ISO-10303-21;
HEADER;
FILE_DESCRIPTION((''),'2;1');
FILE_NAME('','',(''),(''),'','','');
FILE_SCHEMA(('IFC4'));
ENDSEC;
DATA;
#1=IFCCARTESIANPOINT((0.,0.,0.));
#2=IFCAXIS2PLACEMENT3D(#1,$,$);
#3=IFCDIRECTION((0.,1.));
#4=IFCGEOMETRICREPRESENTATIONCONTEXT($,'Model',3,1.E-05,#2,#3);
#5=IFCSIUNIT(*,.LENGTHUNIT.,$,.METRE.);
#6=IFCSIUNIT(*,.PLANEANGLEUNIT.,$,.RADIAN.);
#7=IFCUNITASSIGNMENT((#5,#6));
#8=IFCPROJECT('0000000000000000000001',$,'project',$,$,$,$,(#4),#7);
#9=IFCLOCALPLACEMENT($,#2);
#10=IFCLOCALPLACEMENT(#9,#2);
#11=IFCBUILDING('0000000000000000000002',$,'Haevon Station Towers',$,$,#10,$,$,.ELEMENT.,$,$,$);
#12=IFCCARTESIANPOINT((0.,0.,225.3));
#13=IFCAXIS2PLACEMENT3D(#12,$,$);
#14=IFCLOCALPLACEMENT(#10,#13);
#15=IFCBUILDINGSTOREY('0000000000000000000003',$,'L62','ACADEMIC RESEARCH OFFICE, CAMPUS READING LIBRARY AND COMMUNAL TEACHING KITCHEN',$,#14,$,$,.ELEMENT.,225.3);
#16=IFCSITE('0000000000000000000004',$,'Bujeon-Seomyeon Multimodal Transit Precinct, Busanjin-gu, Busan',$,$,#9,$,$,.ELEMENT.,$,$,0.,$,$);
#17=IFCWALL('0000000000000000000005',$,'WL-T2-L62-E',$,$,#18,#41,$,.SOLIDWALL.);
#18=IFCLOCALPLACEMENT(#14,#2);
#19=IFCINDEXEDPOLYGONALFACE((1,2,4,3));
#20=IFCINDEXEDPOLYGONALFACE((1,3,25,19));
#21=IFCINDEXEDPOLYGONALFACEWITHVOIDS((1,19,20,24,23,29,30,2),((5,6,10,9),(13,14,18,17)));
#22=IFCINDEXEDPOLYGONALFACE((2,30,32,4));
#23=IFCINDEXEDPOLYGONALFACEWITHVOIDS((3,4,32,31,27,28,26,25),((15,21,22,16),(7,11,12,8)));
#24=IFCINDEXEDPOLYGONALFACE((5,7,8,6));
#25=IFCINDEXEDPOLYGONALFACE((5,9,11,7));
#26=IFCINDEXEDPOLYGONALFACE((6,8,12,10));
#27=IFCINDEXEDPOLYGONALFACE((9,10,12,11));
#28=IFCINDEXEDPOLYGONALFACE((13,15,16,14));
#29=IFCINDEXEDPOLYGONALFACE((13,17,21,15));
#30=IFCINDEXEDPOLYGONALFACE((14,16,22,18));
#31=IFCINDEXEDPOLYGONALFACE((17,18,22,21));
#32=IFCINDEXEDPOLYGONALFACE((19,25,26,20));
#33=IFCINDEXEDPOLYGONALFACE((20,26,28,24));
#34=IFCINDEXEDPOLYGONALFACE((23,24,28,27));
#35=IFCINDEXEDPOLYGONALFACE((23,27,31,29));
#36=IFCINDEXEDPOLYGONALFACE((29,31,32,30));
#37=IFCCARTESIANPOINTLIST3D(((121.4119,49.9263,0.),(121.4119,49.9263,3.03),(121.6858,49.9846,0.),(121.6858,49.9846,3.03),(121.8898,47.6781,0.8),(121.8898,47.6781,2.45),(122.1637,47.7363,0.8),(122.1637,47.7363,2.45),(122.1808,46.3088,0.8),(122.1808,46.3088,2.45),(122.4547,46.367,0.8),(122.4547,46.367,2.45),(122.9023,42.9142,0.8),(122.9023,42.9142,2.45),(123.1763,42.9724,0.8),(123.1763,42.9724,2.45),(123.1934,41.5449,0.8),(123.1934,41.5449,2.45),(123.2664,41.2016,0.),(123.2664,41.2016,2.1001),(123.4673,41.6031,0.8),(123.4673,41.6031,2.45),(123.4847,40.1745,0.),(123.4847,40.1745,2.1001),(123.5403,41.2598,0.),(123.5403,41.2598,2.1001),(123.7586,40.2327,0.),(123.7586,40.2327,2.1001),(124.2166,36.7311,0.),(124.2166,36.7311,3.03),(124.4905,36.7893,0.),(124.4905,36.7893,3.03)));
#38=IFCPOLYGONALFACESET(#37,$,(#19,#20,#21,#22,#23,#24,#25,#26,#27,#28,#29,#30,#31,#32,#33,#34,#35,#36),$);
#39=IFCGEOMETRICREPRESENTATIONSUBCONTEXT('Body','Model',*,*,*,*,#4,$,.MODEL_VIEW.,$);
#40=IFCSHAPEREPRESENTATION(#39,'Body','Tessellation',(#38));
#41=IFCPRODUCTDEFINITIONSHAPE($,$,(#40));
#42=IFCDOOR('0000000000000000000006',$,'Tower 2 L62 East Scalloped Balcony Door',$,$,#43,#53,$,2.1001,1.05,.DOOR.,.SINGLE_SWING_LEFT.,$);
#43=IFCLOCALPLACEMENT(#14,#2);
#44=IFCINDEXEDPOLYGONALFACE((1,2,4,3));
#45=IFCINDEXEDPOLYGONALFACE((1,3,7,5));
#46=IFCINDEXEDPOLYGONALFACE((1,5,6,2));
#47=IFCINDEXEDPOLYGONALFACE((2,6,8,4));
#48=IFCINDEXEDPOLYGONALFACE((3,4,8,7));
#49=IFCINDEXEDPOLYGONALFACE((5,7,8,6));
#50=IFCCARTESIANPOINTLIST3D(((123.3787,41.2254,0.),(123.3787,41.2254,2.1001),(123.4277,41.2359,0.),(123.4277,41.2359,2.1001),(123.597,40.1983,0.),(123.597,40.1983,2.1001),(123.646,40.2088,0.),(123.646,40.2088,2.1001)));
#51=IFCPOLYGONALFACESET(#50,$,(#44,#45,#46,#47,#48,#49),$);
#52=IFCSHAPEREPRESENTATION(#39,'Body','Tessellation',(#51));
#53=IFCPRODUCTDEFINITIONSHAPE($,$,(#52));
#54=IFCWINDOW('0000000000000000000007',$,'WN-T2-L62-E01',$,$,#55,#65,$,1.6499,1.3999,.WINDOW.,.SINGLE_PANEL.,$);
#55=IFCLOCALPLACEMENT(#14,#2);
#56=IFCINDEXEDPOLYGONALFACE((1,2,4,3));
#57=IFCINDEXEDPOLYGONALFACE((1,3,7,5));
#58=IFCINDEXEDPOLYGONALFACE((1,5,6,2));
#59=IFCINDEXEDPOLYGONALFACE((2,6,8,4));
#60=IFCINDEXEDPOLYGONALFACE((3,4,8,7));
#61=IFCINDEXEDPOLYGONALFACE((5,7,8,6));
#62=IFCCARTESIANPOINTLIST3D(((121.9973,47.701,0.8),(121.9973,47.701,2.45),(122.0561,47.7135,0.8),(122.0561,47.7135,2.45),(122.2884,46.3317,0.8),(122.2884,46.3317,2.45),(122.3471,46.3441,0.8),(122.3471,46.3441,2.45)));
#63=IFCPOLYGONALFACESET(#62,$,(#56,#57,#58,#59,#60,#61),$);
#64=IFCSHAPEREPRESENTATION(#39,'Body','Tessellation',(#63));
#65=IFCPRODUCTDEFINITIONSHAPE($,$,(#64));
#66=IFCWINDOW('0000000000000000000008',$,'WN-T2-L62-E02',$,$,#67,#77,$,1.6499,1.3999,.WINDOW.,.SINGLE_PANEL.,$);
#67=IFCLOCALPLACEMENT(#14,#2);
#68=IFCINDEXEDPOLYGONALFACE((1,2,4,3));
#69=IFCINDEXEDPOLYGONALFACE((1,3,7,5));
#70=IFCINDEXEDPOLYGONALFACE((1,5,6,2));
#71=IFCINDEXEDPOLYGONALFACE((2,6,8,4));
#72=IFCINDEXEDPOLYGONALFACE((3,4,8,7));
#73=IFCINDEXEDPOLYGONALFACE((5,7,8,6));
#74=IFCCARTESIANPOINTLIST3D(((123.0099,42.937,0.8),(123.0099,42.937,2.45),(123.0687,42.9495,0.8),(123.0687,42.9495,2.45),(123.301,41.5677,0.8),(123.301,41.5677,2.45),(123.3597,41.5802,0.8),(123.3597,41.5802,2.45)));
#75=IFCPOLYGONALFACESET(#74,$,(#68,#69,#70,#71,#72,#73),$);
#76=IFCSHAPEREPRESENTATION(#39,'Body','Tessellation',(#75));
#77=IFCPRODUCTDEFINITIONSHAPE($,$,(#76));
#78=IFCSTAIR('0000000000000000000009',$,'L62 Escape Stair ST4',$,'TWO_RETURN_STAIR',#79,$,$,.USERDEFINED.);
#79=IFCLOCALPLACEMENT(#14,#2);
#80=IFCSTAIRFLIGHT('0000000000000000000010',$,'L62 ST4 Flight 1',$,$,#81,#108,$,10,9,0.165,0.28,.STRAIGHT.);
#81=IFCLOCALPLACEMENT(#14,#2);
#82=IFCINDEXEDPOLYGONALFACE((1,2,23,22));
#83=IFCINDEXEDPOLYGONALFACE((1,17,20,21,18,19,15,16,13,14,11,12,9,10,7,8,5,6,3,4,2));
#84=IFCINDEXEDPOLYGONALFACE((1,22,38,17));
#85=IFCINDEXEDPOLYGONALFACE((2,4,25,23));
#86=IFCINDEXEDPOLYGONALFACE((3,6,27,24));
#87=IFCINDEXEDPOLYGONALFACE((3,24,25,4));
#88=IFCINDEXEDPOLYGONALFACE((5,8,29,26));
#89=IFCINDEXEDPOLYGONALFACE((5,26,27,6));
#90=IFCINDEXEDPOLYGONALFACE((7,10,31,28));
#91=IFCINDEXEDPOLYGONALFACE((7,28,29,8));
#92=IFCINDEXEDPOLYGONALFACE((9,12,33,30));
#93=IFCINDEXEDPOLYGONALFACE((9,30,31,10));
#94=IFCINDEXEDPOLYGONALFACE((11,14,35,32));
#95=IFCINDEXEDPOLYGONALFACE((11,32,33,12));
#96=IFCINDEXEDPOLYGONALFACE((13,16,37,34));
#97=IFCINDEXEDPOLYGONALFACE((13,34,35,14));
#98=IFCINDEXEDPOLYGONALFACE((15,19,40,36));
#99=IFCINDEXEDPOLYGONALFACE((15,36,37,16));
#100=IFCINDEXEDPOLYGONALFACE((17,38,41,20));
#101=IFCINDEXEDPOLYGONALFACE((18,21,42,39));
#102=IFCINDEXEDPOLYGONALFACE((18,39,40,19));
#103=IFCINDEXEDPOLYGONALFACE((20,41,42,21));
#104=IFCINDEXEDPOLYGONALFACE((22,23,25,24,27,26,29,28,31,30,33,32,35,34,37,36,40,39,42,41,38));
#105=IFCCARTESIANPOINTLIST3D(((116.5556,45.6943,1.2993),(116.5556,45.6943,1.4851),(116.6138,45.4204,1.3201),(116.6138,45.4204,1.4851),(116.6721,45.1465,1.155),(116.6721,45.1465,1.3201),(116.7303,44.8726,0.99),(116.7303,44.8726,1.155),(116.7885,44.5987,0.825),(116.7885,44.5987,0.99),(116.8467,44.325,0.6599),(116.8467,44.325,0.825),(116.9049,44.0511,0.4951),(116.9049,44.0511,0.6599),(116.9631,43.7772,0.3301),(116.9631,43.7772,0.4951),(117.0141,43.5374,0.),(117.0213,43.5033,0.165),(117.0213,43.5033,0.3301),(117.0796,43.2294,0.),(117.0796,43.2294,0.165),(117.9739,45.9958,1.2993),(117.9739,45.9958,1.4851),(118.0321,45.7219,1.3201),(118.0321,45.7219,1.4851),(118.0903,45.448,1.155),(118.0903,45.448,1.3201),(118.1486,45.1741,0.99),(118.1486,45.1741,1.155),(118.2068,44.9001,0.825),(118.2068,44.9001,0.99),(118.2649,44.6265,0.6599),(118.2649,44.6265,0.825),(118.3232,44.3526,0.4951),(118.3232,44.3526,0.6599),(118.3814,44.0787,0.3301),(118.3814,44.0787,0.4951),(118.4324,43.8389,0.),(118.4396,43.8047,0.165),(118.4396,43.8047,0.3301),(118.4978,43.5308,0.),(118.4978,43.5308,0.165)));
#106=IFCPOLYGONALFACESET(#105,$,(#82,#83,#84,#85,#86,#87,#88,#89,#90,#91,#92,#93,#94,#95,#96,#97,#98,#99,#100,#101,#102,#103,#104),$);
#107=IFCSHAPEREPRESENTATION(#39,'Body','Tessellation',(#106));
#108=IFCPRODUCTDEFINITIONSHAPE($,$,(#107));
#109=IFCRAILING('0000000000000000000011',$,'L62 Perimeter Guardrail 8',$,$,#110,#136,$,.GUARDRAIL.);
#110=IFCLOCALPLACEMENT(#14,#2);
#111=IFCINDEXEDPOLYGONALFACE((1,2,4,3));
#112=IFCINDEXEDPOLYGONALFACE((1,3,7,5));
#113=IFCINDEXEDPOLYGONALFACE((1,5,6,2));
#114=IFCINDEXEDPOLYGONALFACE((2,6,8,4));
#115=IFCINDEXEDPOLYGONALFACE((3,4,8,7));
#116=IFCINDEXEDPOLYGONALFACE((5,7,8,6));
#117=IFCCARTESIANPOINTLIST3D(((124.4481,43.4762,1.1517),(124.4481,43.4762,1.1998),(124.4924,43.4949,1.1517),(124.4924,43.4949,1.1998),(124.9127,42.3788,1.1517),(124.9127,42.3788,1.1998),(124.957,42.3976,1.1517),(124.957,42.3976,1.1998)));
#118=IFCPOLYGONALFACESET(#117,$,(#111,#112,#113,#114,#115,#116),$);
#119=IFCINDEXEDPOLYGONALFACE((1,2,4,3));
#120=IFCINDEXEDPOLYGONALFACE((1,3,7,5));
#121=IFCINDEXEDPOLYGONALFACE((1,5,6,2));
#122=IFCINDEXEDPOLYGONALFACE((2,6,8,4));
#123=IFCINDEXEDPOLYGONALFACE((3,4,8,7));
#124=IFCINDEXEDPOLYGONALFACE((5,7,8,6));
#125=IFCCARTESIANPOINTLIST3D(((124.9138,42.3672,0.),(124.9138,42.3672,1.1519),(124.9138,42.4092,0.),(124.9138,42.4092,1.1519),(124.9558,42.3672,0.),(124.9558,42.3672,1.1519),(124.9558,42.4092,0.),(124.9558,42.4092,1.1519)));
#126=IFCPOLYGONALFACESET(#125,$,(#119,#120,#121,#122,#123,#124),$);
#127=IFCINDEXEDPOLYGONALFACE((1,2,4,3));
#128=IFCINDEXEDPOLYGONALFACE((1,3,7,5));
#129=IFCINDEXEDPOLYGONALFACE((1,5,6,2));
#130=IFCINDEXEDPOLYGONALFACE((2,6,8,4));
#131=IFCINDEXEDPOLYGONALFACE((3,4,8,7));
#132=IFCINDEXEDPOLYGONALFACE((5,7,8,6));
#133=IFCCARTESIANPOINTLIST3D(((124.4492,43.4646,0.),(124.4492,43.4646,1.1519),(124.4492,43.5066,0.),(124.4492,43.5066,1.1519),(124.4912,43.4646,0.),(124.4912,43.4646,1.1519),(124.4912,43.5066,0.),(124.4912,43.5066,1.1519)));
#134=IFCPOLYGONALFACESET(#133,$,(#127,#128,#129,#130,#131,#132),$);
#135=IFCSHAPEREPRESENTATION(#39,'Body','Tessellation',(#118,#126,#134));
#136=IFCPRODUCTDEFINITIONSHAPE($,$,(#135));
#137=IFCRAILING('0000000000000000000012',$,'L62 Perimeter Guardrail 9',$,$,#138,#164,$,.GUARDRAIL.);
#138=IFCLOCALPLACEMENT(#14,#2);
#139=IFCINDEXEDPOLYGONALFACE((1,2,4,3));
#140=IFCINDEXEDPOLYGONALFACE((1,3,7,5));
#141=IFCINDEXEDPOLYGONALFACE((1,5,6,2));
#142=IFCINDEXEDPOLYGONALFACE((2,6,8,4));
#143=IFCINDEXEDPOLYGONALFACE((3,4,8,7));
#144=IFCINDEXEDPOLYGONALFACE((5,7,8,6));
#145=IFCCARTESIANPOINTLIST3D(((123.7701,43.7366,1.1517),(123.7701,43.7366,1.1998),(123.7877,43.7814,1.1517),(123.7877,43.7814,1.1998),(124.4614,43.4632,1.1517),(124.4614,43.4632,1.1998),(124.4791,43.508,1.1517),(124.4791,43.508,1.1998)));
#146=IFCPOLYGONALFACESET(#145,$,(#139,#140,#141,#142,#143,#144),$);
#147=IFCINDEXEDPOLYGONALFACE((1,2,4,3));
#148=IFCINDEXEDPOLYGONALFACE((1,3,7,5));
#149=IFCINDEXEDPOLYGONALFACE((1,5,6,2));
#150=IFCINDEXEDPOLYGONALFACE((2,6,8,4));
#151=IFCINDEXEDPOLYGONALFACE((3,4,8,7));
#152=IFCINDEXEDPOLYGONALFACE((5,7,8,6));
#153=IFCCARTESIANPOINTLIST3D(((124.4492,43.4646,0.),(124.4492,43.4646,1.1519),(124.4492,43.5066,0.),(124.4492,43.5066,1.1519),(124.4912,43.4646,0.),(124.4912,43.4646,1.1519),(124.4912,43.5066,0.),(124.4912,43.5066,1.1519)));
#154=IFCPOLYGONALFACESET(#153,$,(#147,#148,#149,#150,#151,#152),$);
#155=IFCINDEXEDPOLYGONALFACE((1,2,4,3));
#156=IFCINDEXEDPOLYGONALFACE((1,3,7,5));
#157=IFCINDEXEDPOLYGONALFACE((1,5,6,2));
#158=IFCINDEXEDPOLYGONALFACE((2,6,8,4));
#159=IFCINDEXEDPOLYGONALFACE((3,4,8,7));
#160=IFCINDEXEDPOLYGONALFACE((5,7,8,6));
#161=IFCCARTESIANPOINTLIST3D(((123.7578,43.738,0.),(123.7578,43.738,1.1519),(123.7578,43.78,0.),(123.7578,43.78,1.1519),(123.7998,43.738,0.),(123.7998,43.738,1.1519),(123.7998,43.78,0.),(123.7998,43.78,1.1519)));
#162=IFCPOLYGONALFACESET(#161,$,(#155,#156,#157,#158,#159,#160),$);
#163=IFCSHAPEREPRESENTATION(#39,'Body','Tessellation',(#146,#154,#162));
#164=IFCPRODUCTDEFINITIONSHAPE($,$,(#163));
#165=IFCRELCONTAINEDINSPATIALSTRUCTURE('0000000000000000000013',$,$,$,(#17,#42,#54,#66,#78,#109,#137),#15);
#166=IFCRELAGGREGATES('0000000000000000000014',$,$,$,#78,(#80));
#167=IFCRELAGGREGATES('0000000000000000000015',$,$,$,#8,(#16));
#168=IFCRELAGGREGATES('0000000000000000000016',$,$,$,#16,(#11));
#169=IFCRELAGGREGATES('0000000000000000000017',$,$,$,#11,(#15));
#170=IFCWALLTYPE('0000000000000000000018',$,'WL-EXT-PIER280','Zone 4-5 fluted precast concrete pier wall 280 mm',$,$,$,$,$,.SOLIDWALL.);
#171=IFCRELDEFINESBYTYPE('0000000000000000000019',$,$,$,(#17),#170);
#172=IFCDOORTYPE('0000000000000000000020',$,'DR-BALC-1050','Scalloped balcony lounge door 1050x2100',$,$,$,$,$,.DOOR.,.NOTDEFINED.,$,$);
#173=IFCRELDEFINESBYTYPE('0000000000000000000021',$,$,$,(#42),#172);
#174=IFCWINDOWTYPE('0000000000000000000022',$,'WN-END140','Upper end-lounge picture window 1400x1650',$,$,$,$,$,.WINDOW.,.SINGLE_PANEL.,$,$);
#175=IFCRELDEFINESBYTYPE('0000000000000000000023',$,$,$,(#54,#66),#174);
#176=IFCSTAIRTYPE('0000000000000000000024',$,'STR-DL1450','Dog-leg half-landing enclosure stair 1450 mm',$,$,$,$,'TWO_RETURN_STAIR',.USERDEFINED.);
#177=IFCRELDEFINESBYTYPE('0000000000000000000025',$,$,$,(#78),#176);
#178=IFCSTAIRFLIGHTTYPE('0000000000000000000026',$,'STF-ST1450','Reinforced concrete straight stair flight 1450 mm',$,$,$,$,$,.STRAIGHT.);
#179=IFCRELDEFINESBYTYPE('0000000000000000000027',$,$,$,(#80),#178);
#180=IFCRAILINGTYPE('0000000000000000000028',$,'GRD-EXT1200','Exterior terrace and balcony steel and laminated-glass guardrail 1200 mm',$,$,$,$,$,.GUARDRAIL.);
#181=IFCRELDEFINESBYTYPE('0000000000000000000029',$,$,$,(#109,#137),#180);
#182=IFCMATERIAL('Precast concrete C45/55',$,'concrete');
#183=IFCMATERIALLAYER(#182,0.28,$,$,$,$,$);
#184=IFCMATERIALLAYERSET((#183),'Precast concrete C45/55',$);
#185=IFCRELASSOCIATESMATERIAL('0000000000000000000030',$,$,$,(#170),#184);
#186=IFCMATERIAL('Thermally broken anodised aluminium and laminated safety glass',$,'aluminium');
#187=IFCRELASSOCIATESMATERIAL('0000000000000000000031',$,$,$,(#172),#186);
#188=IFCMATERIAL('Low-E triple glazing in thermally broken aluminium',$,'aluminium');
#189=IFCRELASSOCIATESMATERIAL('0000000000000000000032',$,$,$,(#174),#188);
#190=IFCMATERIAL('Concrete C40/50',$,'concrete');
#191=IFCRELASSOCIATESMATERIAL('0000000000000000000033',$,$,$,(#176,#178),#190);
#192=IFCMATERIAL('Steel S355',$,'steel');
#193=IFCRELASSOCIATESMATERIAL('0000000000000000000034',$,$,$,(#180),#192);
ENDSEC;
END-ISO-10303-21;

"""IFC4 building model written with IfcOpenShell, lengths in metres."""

from ifc_helpers import new_model, si_unit, direction, frame, frame_2d, origin, origin_2d, place, context, subcontext, project, spatial, polyline, rectangle, outline, extrude, material, layer, layer_set, type_object, element, fill, aggregate, save


model = new_model("IFC4")

# Units and contexts
model_context = context("Model", 3, precision=1e-05, world=origin(), true_north=direction((0.0, 1.0)))
body_context = subcontext(model_context, "Body", "Model", "MODEL_VIEW")
ifc_project = project(units=[si_unit("LENGTHUNIT", "METRE"), si_unit("PLANEANGLEUNIT", "RADIAN")], contexts=[model_context])

# Site, building, storey
site_placement = place(None, origin())
site = spatial("IfcSite", under=ifc_project, at=site_placement, Name="Bujeon-Seomyeon Multimodal Transit Precinct, Busanjin-gu, Busan", CompositionType="ELEMENT", RefElevation=0.0)
building_placement = place(site_placement, origin())
building = spatial("IfcBuilding", under=site, at=building_placement, Name="Haevon Station Towers", CompositionType="ELEMENT")
storey_placement = place(building_placement, frame((0.0, 0.0, 225.3)))
storey = spatial("IfcBuildingStorey", under=building, at=storey_placement, Name="L62", Description="ACADEMIC RESEARCH OFFICE, CAMPUS READING LIBRARY AND COMMUNAL TEACHING KITCHEN", CompositionType="ELEMENT", Elevation=225.3)

# Shared definitions
ifc_material_1 = material(Name="Steel S355", Category="steel")

# Shared definitions
ifc_material_2 = material(Name="Precast concrete C45/55", Category="concrete")
ifc_layer = layer(ifc_material_2, 0.28)
ifc_layer_set = layer_set([ifc_layer], Name="Precast concrete C45/55")
wall_type = type_object("IfcWallType", Name="WL-EXT-PIER280", Description="Zone 4-5 fluted precast concrete pier wall 280 mm", PredefinedType="SOLIDWALL", material=ifc_layer_set)

# Wall, openings, door, windows
wall_1_placement = place(storey_placement, frame((121.5488, 49.9556, 0.0), z_axis=(0.0, 0.0, 1.0), x_axis=(0.207907, -0.978149, 0.0)))
wall_1 = element("IfcWall", 1, at=wall_1_placement, inside=storey, type_object=wall_type, Name="WL-T2-L62-E", PredefinedType="SOLIDWALL", context=body_context, shape_type="SweptSolid", body=[
    extrude(rectangle(XDim=13.49, YDim=0.28, at=frame_2d((6.7451, 0.0))), origin(), (0.0, 0.0, 1.0), 3.03),
])
opening_1_placement = place(wall_1_placement, frame((8.9199, 0.0, 0.0)))
opening_1 = element("IfcOpeningElement", 2, at=opening_1_placement, cuts=wall_1, PredefinedType="OPENING", context=body_context, shape_type="SweptSolid", body=[
    extrude(rectangle(XDim=1.05, YDim=2.1001, at=frame_2d((0.5249, 1.05))), frame((0.0, 0.1499, 0.0), z_axis=(0.0, -1.0, 0.0), x_axis=(1.0, 0.0, 0.0)), (0.0, 0.0, 1.0), 0.3),
])
opening_2_placement = place(wall_1_placement, frame((2.2986, 0.0, 0.8)))
opening_2 = element("IfcOpeningElement", 3, at=opening_2_placement, cuts=wall_1, PredefinedType="OPENING", context=body_context, shape_type="SweptSolid", body=[
    extrude(rectangle(XDim=1.3999, YDim=1.6499, at=frame_2d((0.7, 0.825))), frame((0.0, 0.1499, 0.0), z_axis=(0.0, -1.0, 0.0), x_axis=(1.0, 0.0, 0.0)), (0.0, 0.0, 1.0), 0.3),
])
opening_3_placement = place(wall_1_placement, frame((7.1689, 0.0, 0.8)))
opening_3 = element("IfcOpeningElement", 4, at=opening_3_placement, cuts=wall_1, PredefinedType="OPENING", context=body_context, shape_type="SweptSolid", body=[
    extrude(rectangle(XDim=1.3999, YDim=1.6499, at=frame_2d((0.7, 0.825))), frame((0.0, 0.1499, 0.0), z_axis=(0.0, -1.0, 0.0), x_axis=(1.0, 0.0, 0.0)), (0.0, 0.0, 1.0), 0.3),
])
ifc_material_3 = material(Name="Thermally broken anodised aluminium and laminated safety glass", Category="aluminium")
door_type = type_object("IfcDoorType", Name="DR-BALC-1050", Description="Scalloped balcony lounge door 1050x2100", OperationType="NOTDEFINED", PredefinedType="DOOR", material=ifc_material_3)
door_placement = place(opening_1_placement, origin())
door = element("IfcDoor", 5, at=door_placement, inside=storey, type_object=door_type, Name="Tower 2 L62 East Scalloped Balcony Door", OperationType="SINGLE_SWING_LEFT", OverallHeight=2.1001, OverallWidth=1.05, PredefinedType="DOOR", context=body_context, shape_type="SweptSolid", body=[
    extrude(rectangle(XDim=1.05, YDim=2.1001, at=frame_2d((0.5249, 1.05))), frame((0.0, 0.0249, 0.0), z_axis=(0.0, -1.0, 0.0), x_axis=(1.0, 0.0, 0.0)), (0.0, 0.0, 1.0), 0.05),
])
fill(opening_1, door)
ifc_material_4 = material(Name="Low-E triple glazing in thermally broken aluminium", Category="aluminium")
window_type = type_object("IfcWindowType", Name="WN-END140", Description="Upper end-lounge picture window 1400x1650", PartitioningType="SINGLE_PANEL", PredefinedType="WINDOW", material=ifc_material_4)
window_1_placement = place(opening_2_placement, origin())
window_1 = element("IfcWindow", 6, at=window_1_placement, inside=storey, type_object=window_type, Name="WN-T2-L62-E01", OverallHeight=1.6499, OverallWidth=1.3999, PartitioningType="SINGLE_PANEL", PredefinedType="WINDOW", context=body_context, shape_type="SweptSolid", body=[
    extrude(rectangle(XDim=1.3999, YDim=1.6499, at=frame_2d((0.7, 0.825))), frame((0.0, 0.03, 0.0), z_axis=(0.0, -1.0, 0.0), x_axis=(1.0, 0.0, 0.0)), (0.0, 0.0, 1.0), 0.0601),
])
fill(opening_2, window_1)
window_2_placement = place(opening_3_placement, origin())
window_2 = element("IfcWindow", 7, at=window_2_placement, inside=storey, type_object=window_type, Name="WN-T2-L62-E02", OverallHeight=1.6499, OverallWidth=1.3999, PartitioningType="SINGLE_PANEL", PredefinedType="WINDOW", context=body_context, shape_type="SweptSolid", body=[
    extrude(rectangle(XDim=1.3999, YDim=1.6499, at=frame_2d((0.7, 0.825))), frame((0.0, 0.03, 0.0), z_axis=(0.0, -1.0, 0.0), x_axis=(1.0, 0.0, 0.0)), (0.0, 0.0, 1.0), 0.0601),
])
fill(opening_3, window_2)

# Stair, stair flight
ifc_material_5 = material(Name="Concrete C40/50", Category="concrete")
stair_type = type_object("IfcStairType", Name="STR-DL1450", Description="Dog-leg half-landing enclosure stair 1450 mm", ElementType="TWO_RETURN_STAIR", PredefinedType="USERDEFINED", material=ifc_material_5)
stair_placement = place(storey_placement, origin())
stair = element("IfcStair", 8, at=stair_placement, inside=storey, type_object=stair_type, Name="L62 Escape Stair ST4", ObjectType="TWO_RETURN_STAIR", PredefinedType="USERDEFINED")
stair_flight_type = type_object("IfcStairFlightType", Name="STF-ST1450", Description="Reinforced concrete straight stair flight 1450 mm", PredefinedType="STRAIGHT", material=ifc_material_5)
stair_flight_placement = place(storey_placement, frame((117.7888, 43.3801, 0.0), z_axis=(0.0, 0.0, 1.0), x_axis=(-0.207912, 0.978148, 0.0)))
stair_flight = element("IfcStairFlight", 9, at=stair_flight_placement, type_object=stair_flight_type, Name="L62 ST4 Flight 1", NumberOfRisers=10, NumberOfTreads=9, PredefinedType="STRAIGHT", RiserHeight=0.165, TreadLength=0.28, context=body_context, shape_type="SweptSolid", body=[
    extrude(outline(polyline([(0.0, 0.0), (0.0, 0.165), (0.28, 0.165), (0.28, 0.3301), (0.5601, 0.3301), (0.5601, 0.4951), (0.8401, 0.4951), (0.8401, 0.6599), (1.1201, 0.6599), (1.1201, 0.825), (1.3999, 0.825), (1.3999, 0.99), (1.6799, 0.99), (1.6799, 1.155), (1.96, 1.155), (1.96, 1.3201), (2.24, 1.3201), (2.24, 1.4851), (2.52, 1.4851), (2.52, 1.6499), (2.52, 1.2993), (0.3149, 0.0), (0.0, 0.0)])), frame((0.0, 0.7251, 0.0), z_axis=(0.0, -1.0, 0.0), x_axis=(1.0, 0.0, 0.0)), (0.0, 0.0, 1.0), 1.45),
])
aggregate(stair, [stair_flight])

# Railings
railing_type_1 = type_object("IfcRailingType", Name="GRD-EXT1200", Description="Exterior terrace and balcony steel and laminated-glass guardrail 1200 mm", PredefinedType="GUARDRAIL", material=ifc_material_1)
railing_1_placement = place(storey_placement, frame((124.9348, 42.3882, 0.0)))
element("IfcRailing", 10, at=railing_1_placement, inside=storey, type_object=railing_type_1, Name="L62 Perimeter Guardrail 8", PredefinedType="GUARDRAIL", context=body_context, shape_type="SweptSolid", body=[
    extrude(rectangle(XDim=0.0481, YDim=0.0481, at=origin_2d()), frame((0.0, 0.0, 1.1758), z_axis=(-0.389861, 0.920874, 0.0), x_axis=(-0.920874, -0.389861, 0.0)), (0.0, 0.0, 1.0), 1.1917),
    extrude(rectangle(XDim=0.042, YDim=0.042, at=origin_2d()), origin(), (0.0, 0.0, 1.0), 1.1519),
    extrude(rectangle(XDim=0.042, YDim=0.042, at=origin_2d()), frame((-0.4646, 1.0974, 0.0)), (0.0, 0.0, 1.0), 1.1519),
])
railing_2_placement = place(storey_placement, frame((124.4702, 43.4856, 0.0)))
element("IfcRailing", 11, at=railing_2_placement, inside=storey, type_object=railing_type_1, Name="L62 Perimeter Guardrail 9", PredefinedType="GUARDRAIL", context=body_context, shape_type="SweptSolid", body=[
    extrude(rectangle(XDim=0.0481, YDim=0.0481, at=origin_2d()), frame((0.0, 0.0, 1.1758), z_axis=(-0.929919, 0.367765, 0.0), x_axis=(-0.367765, -0.929919, 0.0)), (0.0, 0.0, 1.0), 0.7434),
    extrude(rectangle(XDim=0.042, YDim=0.042, at=origin_2d()), origin(), (0.0, 0.0, 1.0), 1.1519),
    extrude(rectangle(XDim=0.042, YDim=0.042, at=origin_2d()), frame((-0.6914, 0.2734, 0.0)), (0.0, 0.0, 1.0), 1.1519),
])

save(model, "model.ifc")
